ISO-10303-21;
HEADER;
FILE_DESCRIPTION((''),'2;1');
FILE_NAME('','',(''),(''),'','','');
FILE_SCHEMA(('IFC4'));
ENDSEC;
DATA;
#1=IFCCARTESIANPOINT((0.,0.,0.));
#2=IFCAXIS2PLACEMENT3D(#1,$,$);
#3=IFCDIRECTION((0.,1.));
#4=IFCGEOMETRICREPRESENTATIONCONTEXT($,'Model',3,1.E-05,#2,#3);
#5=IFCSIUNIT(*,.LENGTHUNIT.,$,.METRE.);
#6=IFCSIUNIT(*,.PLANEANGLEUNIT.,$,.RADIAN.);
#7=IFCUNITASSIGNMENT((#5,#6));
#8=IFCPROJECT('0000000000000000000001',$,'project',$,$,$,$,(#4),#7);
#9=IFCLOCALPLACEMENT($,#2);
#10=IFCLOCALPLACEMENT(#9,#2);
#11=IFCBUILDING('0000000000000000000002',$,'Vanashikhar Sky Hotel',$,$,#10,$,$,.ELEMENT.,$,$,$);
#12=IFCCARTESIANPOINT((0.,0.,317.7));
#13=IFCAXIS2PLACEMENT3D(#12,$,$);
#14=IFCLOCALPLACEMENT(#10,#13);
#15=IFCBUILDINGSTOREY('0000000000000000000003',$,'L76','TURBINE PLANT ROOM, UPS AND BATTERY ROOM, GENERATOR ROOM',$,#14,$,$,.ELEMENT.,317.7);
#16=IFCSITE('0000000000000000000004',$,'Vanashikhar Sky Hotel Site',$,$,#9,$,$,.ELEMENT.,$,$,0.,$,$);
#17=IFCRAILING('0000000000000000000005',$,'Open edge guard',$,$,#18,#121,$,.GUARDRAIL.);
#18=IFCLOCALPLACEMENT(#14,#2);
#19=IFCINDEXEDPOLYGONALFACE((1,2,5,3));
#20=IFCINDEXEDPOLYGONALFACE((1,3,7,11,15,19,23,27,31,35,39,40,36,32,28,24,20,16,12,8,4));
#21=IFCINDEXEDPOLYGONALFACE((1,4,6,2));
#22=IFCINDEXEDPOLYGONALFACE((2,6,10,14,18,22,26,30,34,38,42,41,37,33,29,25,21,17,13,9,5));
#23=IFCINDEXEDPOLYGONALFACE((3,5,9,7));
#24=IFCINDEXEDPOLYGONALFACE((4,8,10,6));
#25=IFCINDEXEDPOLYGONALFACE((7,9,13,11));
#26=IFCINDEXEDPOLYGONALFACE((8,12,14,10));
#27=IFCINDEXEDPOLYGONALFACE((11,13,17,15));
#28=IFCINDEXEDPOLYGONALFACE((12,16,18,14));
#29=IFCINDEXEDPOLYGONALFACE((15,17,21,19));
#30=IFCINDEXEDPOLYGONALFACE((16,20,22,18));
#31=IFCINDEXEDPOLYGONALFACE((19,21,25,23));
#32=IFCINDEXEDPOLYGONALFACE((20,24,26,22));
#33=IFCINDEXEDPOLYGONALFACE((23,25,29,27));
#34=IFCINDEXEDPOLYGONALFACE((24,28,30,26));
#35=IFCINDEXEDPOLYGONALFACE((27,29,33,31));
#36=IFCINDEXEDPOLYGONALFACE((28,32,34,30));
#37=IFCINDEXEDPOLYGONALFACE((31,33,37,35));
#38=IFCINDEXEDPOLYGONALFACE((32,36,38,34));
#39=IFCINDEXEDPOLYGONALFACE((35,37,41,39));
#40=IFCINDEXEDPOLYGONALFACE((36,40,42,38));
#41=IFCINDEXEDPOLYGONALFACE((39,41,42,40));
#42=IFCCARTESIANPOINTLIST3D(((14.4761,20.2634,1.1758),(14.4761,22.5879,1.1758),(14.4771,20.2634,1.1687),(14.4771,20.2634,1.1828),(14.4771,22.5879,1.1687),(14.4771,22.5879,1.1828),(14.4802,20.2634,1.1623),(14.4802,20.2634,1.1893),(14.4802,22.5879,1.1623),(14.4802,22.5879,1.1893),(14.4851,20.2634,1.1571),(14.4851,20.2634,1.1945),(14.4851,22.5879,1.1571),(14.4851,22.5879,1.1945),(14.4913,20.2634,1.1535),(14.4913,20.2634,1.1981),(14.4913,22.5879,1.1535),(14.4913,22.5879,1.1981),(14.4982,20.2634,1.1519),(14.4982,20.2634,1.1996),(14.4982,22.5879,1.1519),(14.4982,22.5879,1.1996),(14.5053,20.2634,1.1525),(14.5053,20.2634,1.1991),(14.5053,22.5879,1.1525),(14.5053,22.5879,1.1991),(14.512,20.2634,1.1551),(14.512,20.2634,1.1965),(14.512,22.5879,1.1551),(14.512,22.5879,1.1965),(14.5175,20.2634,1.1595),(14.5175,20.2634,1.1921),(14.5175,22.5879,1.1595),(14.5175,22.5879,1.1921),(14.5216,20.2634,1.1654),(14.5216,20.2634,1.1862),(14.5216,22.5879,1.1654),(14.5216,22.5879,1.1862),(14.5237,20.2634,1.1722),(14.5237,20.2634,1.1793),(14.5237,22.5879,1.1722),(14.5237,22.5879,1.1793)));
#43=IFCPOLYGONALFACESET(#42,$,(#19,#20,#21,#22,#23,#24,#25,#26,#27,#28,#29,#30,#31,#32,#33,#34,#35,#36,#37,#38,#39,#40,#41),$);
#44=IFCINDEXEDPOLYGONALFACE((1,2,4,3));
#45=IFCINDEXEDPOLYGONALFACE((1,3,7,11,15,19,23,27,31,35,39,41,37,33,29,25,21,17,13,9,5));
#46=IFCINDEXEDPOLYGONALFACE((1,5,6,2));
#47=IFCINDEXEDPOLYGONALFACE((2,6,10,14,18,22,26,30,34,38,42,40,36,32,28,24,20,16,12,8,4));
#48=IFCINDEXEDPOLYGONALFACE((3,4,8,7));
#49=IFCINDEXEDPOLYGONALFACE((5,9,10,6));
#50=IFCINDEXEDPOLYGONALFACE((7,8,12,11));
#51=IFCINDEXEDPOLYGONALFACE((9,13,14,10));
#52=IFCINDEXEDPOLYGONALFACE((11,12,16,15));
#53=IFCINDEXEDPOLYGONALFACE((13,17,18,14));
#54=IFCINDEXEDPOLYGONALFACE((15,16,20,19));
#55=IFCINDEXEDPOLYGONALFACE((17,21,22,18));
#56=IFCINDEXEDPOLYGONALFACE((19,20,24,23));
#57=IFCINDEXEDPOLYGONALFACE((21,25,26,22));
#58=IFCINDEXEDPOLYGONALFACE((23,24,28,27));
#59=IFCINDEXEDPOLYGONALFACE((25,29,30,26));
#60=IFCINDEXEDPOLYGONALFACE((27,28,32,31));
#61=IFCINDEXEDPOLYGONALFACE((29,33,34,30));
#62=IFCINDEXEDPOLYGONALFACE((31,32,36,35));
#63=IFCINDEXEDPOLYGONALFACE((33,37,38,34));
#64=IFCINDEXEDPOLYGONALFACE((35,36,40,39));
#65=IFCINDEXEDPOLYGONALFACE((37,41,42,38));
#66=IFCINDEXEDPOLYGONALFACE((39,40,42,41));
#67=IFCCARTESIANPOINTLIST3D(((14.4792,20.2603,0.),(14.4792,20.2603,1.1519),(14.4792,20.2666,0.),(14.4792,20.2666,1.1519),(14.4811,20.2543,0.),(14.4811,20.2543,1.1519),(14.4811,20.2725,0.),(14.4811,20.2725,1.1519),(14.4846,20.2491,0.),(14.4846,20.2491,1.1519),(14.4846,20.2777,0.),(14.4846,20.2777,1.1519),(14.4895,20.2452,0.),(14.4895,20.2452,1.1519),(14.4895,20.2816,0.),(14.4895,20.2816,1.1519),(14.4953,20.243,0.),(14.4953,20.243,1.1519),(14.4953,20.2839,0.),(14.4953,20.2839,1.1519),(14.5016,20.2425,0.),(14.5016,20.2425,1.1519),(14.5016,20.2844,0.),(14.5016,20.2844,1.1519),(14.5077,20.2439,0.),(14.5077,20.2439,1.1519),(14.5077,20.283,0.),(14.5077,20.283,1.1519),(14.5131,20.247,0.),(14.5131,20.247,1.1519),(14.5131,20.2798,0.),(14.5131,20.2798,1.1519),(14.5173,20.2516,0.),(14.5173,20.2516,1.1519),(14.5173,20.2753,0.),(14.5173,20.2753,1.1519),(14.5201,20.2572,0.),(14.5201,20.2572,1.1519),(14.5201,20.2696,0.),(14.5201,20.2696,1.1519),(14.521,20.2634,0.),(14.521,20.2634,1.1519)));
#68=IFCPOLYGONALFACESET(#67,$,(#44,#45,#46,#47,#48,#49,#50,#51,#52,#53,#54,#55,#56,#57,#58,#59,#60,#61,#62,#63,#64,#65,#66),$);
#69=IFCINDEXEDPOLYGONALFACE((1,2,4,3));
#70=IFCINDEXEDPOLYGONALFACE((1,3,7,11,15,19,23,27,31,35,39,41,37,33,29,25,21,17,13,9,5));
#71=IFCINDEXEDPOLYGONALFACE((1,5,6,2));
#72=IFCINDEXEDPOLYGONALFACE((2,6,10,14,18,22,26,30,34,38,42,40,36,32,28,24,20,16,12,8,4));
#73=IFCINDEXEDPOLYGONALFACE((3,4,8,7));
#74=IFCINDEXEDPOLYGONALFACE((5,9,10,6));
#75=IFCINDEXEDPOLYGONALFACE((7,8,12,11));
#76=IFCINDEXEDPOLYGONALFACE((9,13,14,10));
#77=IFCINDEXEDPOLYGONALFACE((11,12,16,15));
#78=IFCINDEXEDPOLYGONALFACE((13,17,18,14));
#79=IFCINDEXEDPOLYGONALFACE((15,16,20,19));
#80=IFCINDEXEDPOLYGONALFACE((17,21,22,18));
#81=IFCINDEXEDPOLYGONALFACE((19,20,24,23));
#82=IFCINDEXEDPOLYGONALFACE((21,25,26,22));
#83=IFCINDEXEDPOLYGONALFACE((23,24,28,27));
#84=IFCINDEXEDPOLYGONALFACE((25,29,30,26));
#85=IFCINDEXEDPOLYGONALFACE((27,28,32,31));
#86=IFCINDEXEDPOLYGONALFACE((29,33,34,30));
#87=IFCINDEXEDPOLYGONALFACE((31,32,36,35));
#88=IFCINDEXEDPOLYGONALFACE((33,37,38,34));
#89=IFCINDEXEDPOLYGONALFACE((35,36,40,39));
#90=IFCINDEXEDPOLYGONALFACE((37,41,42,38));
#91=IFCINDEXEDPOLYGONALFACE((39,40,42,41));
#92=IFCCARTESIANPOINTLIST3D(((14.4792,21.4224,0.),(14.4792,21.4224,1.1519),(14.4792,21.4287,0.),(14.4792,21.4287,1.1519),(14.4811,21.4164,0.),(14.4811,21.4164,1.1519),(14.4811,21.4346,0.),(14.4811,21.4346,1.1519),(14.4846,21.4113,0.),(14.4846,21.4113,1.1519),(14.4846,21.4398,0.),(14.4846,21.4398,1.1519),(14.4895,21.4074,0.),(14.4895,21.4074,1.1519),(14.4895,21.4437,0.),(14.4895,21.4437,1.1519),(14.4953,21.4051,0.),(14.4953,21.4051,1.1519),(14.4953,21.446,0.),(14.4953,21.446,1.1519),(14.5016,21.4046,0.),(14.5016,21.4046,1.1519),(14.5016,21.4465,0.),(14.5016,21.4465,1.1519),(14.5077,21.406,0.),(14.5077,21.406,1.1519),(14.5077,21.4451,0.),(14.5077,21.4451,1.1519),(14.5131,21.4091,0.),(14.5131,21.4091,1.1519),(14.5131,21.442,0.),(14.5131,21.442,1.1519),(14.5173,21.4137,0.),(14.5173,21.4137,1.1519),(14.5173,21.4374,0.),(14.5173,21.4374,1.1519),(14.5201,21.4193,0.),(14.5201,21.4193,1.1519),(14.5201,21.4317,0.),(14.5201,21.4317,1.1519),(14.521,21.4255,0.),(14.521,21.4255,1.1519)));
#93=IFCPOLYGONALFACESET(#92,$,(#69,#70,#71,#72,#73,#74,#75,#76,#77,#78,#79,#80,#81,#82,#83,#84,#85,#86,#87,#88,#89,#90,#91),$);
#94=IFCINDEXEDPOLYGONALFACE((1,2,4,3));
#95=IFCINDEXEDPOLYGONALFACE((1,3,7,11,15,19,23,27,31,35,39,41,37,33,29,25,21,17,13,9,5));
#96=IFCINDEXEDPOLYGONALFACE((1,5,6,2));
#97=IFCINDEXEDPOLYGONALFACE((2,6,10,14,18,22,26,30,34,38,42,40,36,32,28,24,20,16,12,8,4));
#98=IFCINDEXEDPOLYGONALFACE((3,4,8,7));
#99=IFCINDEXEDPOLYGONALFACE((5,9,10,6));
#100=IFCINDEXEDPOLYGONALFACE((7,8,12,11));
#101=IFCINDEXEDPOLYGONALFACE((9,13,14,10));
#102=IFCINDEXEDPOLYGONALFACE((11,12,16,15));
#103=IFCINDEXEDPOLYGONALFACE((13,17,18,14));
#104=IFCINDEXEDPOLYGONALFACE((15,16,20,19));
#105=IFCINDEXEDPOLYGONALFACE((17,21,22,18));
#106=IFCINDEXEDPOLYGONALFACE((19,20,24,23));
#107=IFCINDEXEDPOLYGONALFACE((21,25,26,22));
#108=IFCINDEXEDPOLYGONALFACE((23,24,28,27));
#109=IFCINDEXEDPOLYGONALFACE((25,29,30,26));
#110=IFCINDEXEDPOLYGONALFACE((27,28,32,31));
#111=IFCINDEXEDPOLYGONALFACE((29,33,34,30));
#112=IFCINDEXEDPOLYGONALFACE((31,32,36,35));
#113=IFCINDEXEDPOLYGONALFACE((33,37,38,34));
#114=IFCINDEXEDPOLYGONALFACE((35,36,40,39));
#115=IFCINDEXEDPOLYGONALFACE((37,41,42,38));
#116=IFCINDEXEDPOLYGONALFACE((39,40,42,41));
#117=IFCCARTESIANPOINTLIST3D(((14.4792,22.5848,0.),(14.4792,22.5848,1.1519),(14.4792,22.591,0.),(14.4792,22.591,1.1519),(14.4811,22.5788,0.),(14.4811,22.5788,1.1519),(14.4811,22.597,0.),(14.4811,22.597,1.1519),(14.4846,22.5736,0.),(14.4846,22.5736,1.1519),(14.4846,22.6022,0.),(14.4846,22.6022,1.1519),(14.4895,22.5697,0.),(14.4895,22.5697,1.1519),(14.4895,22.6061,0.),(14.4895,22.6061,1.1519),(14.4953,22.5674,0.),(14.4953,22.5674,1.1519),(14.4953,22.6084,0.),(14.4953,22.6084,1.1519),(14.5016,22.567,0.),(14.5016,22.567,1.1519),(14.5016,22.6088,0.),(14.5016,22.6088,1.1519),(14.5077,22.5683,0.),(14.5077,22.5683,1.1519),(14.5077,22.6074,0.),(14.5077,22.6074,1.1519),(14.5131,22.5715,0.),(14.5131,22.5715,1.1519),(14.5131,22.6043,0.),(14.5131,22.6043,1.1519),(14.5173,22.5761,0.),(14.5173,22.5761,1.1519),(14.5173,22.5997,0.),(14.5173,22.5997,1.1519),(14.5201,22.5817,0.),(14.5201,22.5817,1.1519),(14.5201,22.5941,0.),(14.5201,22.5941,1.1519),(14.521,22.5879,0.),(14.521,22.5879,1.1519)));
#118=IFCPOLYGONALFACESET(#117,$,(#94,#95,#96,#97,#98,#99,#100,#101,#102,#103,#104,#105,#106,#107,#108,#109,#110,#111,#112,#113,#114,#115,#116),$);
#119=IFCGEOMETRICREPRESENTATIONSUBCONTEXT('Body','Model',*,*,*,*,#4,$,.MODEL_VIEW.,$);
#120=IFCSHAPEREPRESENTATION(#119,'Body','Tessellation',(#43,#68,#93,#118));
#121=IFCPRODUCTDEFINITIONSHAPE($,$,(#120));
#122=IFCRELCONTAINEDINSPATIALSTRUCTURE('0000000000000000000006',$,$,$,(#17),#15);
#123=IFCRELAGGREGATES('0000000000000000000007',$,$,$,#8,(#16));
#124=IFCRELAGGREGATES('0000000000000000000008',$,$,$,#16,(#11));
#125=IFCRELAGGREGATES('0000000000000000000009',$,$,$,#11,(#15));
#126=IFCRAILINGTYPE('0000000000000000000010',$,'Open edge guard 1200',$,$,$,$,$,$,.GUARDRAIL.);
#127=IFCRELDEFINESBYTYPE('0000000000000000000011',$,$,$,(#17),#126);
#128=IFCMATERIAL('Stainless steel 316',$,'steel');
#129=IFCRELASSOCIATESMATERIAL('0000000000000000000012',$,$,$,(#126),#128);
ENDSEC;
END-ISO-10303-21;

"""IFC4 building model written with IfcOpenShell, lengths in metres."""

from ifc_helpers import new_model, si_unit, direction, frame, origin, origin_2d, place, context, subcontext, project, spatial, circle, extrude, source, transform, mapped, material, type_object, element, save


model = new_model("IFC4")

# Units and contexts
model_context = context("Model", 3, precision=1e-05, world=origin(), true_north=direction((0.0, 1.0)))
body_context = subcontext(model_context, "Body", "Model", "MODEL_VIEW")
ifc_project = project(units=[si_unit("LENGTHUNIT", "METRE"), si_unit("PLANEANGLEUNIT", "RADIAN")], contexts=[model_context])

# Site, building, storey
site_placement = place(None, origin())
site = spatial("IfcSite", under=ifc_project, at=site_placement, Name="Vanashikhar Sky Hotel Site", CompositionType="ELEMENT", RefElevation=0.0)
building_placement = place(site_placement, origin())
building = spatial("IfcBuilding", under=site, at=building_placement, Name="Vanashikhar Sky Hotel", CompositionType="ELEMENT")
storey_placement = place(building_placement, frame((0.0, 0.0, 317.7)))
storey = spatial("IfcBuildingStorey", under=building, at=storey_placement, Name="L76", Description="TURBINE PLANT ROOM, UPS AND BATTERY ROOM, GENERATOR ROOM", CompositionType="ELEMENT", Elevation=317.7)

# Railing
ifc_material_1 = material(Name="Stainless steel 316", Category="steel")
railing_type = type_object("IfcRailingType", Name="Open edge guard 1200", PredefinedType="GUARDRAIL", material=ifc_material_1)
shared_shape_1 = source(origin(), body_context, "Body", "SweptSolid", [
    extrude(circle(Radius=0.0239, at=origin_2d()), frame((0.0, 0.0, 1.1758), z_axis=(0.0, 1.0, 0.0), x_axis=(-1.0, 0.0, 0.0)), (0.0, 0.0, 1.0), 2.3245),
    extrude(circle(Radius=0.021, at=origin_2d()), origin(), (0.0, 0.0, 1.0), 1.1519),
    extrude(circle(Radius=0.021, at=origin_2d()), frame((0.0, 1.1621, 0.0)), (0.0, 0.0, 1.0), 1.1519),
    extrude(circle(Radius=0.021, at=origin_2d()), frame((0.0, 2.3245, 0.0)), (0.0, 0.0, 1.0), 1.1519),
])
for number, where, name in (
    (1, (14.5, 20.2634, 0.0), "Open edge guard"),
):
    element("IfcRailing", number, at=place(storey_placement, frame(where)), inside=storey, type_object=railing_type, Name=name, PredefinedType="GUARDRAIL", context=body_context, shape_type="MappedRepresentation", body=[
        mapped(shared_shape_1, transform((0.0, 0.0, 0.0), scale=1.0)),
    ])

save(model, "model.ifc")
